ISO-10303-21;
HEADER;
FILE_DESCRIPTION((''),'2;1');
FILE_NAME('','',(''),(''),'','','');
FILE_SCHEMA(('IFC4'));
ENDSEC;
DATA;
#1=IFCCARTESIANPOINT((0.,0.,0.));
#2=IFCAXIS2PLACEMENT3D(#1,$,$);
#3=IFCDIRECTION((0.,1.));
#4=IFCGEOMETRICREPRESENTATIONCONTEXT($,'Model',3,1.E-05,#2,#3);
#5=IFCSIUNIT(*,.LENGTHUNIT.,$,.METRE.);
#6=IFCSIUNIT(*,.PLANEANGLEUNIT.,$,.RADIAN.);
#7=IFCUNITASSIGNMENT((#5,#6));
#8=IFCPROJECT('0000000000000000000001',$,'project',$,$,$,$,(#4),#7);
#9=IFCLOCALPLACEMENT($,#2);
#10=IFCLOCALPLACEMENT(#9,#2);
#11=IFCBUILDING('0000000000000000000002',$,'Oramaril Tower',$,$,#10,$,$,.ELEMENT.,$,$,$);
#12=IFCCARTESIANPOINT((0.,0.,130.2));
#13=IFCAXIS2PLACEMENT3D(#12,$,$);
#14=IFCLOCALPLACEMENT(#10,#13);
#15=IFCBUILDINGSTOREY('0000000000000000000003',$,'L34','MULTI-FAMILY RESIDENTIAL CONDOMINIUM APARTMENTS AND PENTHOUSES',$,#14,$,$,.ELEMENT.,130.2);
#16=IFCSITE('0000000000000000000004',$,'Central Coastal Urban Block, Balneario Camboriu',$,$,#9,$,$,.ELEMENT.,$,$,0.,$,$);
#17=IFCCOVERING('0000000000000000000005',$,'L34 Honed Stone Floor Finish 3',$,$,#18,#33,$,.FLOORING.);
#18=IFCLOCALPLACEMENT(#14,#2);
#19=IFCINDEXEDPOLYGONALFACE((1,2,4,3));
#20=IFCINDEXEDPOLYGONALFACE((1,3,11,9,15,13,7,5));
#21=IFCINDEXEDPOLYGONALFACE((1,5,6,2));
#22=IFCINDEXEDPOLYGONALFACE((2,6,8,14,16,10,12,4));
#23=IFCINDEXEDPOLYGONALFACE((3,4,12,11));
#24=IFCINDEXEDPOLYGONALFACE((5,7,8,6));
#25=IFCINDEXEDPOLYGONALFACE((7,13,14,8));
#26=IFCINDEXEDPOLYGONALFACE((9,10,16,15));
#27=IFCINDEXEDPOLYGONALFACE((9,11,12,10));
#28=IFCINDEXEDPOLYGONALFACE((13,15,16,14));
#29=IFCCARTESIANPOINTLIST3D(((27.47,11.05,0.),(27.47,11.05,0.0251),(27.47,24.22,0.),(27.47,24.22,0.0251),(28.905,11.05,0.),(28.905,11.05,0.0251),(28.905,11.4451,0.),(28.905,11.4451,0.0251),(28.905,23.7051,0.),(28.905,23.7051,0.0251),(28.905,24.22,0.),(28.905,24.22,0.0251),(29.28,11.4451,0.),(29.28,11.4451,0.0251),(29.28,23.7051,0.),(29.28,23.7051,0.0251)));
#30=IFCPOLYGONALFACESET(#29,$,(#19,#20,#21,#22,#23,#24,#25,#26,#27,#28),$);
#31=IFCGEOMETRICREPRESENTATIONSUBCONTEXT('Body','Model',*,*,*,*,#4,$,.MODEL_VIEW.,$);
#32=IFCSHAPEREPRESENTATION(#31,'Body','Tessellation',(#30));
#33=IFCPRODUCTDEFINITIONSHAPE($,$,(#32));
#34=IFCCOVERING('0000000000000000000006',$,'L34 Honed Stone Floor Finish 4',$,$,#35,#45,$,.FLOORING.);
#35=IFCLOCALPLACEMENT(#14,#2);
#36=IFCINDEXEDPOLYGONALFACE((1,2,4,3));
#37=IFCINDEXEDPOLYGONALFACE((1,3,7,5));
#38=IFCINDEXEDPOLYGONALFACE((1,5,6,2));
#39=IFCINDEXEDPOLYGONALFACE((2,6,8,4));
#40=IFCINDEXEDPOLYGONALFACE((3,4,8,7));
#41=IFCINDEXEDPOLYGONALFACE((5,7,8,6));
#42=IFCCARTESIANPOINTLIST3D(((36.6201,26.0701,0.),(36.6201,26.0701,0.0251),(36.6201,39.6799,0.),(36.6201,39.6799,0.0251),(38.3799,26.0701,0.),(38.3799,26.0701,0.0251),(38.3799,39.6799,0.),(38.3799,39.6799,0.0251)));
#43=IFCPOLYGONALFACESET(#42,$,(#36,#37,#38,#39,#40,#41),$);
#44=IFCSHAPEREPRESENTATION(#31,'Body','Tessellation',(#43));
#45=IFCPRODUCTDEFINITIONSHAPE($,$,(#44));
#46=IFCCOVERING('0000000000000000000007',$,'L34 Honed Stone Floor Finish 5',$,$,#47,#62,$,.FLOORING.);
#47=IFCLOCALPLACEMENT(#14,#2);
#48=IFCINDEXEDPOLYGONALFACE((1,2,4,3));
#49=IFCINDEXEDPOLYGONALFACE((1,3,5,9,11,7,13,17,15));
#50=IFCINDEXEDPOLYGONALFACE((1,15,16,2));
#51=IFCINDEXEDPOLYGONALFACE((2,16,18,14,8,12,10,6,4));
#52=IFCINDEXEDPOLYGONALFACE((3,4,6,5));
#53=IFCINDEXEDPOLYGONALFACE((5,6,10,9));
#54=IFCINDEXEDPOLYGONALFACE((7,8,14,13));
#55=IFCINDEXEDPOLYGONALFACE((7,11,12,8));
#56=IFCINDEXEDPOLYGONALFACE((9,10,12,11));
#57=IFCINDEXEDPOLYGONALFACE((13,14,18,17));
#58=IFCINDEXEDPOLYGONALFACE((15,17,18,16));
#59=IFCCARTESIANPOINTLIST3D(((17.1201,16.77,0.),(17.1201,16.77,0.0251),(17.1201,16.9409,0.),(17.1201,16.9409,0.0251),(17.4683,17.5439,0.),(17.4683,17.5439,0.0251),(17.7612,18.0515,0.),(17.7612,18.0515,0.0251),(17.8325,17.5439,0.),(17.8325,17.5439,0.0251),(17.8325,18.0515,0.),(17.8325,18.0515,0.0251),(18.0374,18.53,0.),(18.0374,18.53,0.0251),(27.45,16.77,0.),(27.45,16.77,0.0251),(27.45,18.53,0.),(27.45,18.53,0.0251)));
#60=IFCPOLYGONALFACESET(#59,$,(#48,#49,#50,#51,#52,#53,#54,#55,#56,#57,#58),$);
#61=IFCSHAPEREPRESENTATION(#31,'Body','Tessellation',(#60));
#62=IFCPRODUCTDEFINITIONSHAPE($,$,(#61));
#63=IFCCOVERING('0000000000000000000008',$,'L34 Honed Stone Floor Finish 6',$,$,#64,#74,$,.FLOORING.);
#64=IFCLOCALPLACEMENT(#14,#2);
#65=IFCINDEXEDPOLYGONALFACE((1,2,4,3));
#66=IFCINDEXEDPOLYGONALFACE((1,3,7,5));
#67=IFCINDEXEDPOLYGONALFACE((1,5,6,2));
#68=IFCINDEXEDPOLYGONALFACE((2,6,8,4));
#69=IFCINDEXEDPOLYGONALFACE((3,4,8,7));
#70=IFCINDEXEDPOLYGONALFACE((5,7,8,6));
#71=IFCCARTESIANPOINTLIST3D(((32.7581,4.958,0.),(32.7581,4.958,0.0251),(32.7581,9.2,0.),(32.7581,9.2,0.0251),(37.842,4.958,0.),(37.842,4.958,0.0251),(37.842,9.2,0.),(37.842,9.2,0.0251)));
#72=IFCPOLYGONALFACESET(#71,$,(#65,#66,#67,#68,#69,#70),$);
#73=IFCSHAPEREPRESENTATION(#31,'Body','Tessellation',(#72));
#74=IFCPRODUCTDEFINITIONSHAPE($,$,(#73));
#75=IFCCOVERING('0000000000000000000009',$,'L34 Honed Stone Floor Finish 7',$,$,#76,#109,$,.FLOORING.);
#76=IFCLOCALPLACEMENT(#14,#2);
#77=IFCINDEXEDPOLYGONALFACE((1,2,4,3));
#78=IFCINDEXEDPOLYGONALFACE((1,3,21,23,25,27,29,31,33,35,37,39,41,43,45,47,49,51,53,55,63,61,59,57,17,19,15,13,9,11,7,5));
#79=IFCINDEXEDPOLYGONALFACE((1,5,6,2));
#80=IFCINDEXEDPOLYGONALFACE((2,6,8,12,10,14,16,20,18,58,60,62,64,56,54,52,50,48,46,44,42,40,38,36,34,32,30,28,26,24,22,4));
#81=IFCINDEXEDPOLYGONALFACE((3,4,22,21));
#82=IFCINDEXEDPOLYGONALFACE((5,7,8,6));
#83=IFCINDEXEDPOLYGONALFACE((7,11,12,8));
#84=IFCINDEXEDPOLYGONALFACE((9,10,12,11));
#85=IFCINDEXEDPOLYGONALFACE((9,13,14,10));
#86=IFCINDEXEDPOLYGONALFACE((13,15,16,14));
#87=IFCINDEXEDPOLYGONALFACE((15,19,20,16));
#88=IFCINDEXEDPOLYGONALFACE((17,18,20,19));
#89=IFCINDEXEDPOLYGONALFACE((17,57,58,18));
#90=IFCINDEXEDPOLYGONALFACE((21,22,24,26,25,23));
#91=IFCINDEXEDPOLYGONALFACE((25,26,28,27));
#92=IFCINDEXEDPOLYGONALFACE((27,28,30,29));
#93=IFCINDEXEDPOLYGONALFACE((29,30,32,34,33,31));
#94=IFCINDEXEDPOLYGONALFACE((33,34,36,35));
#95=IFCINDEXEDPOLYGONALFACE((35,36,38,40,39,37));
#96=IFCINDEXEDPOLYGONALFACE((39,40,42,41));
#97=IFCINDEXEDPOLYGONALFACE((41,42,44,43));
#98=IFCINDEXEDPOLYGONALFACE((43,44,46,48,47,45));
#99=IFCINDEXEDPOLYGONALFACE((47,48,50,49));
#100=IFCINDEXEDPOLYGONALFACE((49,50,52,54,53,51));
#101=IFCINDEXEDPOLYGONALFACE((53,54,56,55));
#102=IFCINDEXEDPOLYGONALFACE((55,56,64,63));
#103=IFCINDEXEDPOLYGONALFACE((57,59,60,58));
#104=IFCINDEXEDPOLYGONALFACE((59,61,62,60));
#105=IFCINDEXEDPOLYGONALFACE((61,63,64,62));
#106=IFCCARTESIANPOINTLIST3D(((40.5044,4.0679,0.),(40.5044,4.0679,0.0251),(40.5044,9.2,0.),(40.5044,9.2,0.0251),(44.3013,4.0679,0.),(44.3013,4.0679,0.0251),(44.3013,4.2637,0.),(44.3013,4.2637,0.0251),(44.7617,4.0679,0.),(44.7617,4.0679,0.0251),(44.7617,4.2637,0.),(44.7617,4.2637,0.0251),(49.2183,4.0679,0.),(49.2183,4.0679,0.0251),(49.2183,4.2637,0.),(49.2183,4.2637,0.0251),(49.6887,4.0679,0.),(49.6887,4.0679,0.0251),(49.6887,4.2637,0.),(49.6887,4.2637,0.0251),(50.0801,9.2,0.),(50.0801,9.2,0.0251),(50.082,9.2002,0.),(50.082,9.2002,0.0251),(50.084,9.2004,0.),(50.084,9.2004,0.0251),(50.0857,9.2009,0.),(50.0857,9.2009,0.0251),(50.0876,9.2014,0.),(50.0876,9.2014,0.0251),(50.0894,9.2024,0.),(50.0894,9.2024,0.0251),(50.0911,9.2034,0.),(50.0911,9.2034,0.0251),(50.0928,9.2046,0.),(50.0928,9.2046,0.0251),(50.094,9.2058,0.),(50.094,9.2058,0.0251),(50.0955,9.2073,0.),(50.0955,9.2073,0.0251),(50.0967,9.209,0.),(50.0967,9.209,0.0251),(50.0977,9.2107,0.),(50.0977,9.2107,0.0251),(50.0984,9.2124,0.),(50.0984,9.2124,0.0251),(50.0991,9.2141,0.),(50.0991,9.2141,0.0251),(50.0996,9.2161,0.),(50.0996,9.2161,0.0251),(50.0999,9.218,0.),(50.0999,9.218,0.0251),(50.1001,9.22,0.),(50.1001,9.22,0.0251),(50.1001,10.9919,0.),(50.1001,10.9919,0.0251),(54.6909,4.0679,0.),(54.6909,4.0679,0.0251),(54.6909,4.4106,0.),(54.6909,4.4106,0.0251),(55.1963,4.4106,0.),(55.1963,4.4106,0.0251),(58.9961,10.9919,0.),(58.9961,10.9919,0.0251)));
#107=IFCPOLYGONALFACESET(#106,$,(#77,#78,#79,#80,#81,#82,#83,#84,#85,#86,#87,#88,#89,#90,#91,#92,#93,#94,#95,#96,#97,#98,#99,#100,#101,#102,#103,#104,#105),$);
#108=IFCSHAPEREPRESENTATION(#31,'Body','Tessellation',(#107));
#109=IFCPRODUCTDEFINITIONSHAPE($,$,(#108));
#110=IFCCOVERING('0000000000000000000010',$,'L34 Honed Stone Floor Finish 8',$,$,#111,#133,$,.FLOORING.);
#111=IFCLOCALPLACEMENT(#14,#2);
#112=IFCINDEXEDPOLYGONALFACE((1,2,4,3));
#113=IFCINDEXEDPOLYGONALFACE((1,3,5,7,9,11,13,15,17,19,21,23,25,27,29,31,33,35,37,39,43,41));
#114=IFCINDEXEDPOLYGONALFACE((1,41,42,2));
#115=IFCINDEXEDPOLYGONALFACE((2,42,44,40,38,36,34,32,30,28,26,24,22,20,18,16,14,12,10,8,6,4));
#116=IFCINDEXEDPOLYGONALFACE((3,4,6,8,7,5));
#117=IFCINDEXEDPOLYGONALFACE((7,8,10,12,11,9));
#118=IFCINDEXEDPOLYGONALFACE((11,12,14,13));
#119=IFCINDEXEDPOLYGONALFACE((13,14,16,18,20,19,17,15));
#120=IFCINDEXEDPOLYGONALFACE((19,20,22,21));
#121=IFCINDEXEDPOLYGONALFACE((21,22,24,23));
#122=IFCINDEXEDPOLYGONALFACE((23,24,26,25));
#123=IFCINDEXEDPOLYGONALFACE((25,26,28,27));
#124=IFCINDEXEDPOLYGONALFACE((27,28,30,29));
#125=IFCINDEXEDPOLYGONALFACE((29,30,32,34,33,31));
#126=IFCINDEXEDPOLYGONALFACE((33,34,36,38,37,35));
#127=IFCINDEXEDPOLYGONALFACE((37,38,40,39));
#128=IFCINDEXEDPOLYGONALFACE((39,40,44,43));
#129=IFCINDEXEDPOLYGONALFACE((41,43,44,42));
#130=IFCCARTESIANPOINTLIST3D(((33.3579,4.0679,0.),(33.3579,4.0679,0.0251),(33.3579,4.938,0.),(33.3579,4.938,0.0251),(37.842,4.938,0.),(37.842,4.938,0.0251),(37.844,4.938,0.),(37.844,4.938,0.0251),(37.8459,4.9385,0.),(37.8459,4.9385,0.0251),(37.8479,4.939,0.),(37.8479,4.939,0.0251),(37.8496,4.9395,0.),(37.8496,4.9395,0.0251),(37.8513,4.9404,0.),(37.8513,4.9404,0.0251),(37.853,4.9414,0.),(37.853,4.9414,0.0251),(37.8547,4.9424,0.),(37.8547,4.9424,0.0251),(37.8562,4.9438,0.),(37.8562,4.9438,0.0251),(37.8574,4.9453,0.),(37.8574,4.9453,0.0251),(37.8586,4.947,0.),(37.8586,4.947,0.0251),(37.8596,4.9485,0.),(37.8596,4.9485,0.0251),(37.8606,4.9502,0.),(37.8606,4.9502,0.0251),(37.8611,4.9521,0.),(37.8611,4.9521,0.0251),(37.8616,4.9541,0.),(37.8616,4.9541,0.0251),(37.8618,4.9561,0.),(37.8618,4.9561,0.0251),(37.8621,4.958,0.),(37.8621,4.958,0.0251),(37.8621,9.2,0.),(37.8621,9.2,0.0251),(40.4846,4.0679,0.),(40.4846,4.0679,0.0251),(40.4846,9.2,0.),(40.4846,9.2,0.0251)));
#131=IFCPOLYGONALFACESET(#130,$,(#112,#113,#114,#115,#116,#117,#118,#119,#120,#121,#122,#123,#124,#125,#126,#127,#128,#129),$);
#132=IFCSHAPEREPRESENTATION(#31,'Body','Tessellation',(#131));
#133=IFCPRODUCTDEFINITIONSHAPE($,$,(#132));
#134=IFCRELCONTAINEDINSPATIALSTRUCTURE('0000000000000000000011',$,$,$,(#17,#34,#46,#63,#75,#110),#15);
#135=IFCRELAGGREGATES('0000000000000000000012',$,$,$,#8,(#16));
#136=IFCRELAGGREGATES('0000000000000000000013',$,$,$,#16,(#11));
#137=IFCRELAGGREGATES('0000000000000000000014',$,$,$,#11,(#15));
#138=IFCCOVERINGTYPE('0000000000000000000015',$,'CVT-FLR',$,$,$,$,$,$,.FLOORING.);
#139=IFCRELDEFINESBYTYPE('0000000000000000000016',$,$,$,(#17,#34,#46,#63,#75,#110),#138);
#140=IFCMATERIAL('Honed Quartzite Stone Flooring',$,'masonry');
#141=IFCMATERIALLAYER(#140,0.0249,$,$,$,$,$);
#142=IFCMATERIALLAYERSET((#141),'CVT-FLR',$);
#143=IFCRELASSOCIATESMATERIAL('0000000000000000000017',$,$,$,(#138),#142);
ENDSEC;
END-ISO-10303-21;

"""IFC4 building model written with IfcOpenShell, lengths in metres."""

from ifc_helpers import new_model, si_unit, direction, frame, origin, place, context, subcontext, project, spatial, polyline, outline, extrude, material, layer, layer_set, type_object, element, save


model = new_model("IFC4")

# Units and contexts
model_context = context("Model", 3, precision=1e-05, world=origin(), true_north=direction((0.0, 1.0)))
body_context = subcontext(model_context, "Body", "Model", "MODEL_VIEW")
ifc_project = project(units=[si_unit("LENGTHUNIT", "METRE"), si_unit("PLANEANGLEUNIT", "RADIAN")], contexts=[model_context])

# Site, building, storey
site_placement = place(None, origin())
site = spatial("IfcSite", under=ifc_project, at=site_placement, Name="Central Coastal Urban Block, Balneario Camboriu", CompositionType="ELEMENT", RefElevation=0.0)
building_placement = place(site_placement, origin())
building = spatial("IfcBuilding", under=site, at=building_placement, Name="Oramaril Tower", CompositionType="ELEMENT")
storey_placement = place(building_placement, frame((0.0, 0.0, 130.2)))
storey = spatial("IfcBuildingStorey", under=building, at=storey_placement, Name="L34", Description="MULTI-FAMILY RESIDENTIAL CONDOMINIUM APARTMENTS AND PENTHOUSES", CompositionType="ELEMENT", Elevation=130.2)

# Coverings
ifc_material_1 = material(Name="Honed Quartzite Stone Flooring", Category="masonry")
ifc_layer_1 = layer(ifc_material_1, 0.0249)
ifc_layer_set_1 = layer_set([ifc_layer_1], Name="CVT-FLR")
covering_type_1 = type_object("IfcCoveringType", Name="CVT-FLR", PredefinedType="FLOORING", material=ifc_layer_set_1)
covering_1_placement = place(storey_placement, origin())
element("IfcCovering", 1, at=covering_1_placement, inside=storey, type_object=covering_type_1, Name="L34 Honed Stone Floor Finish 3", PredefinedType="FLOORING", context=body_context, shape_type="SweptSolid", body=[
    extrude(outline(polyline([(28.905, 23.7051), (29.28, 23.7051), (29.28, 11.4451), (28.905, 11.4451), (28.905, 11.05), (27.47, 11.05), (27.47, 24.22), (28.905, 24.22), (28.905, 23.7051)])), origin(), (0.0, 0.0, 1.0), 0.0251),
])
covering_2_placement = place(storey_placement, origin())
element("IfcCovering", 2, at=covering_2_placement, inside=storey, type_object=covering_type_1, Name="L34 Honed Stone Floor Finish 4", PredefinedType="FLOORING", context=body_context, shape_type="SweptSolid", body=[
    extrude(outline(polyline([(38.3799, 26.0701), (36.6201, 26.0701), (36.6201, 39.6799), (38.3799, 39.6799), (38.3799, 26.0701)])), origin(), (0.0, 0.0, 1.0), 0.0251),
])
covering_3_placement = place(storey_placement, origin())
element("IfcCovering", 3, at=covering_3_placement, inside=storey, type_object=covering_type_1, Name="L34 Honed Stone Floor Finish 5", PredefinedType="FLOORING", context=body_context, shape_type="SweptSolid", body=[
    extrude(outline(polyline([(17.1201, 16.77), (17.1201, 16.9409), (17.4683, 17.5439), (17.8325, 17.5439), (17.8325, 18.0515), (17.7612, 18.0515), (18.0374, 18.53), (27.45, 18.53), (27.45, 16.77), (17.1201, 16.77)])), origin(), (0.0, 0.0, 1.0), 0.0251),
])
covering_4_placement = place(storey_placement, origin())
element("IfcCovering", 4, at=covering_4_placement, inside=storey, type_object=covering_type_1, Name="L34 Honed Stone Floor Finish 6", PredefinedType="FLOORING", context=body_context, shape_type="SweptSolid", body=[
    extrude(outline(polyline([(32.7581, 4.958), (32.7581, 9.2), (37.842, 9.2), (37.842, 4.958), (32.7581, 4.958)])), origin(), (0.0, 0.0, 1.0), 0.0251),
])
covering_5_placement = place(storey_placement, origin())
element("IfcCovering", 5, at=covering_5_placement, inside=storey, type_object=covering_type_1, Name="L34 Honed Stone Floor Finish 7", PredefinedType="FLOORING", context=body_context, shape_type="SweptSolid", body=[
    extrude(outline(polyline([(55.1963, 4.4106), (54.6909, 4.4106), (54.6909, 4.0679), (49.6887, 4.0679), (49.6887, 4.2637), (49.2183, 4.2637), (49.2183, 4.0679), (44.7617, 4.0679), (44.7617, 4.2637), (44.3013, 4.2637), (44.3013, 4.0679), (40.5044, 4.0679), (40.5044, 9.2), (50.0801, 9.2), (50.082, 9.2002), (50.084, 9.2004), (50.0857, 9.2009), (50.0876, 9.2014), (50.0894, 9.2024), (50.0911, 9.2034), (50.0928, 9.2046), (50.094, 9.2058), (50.0955, 9.2073), (50.0967, 9.209), (50.0977, 9.2107), (50.0984, 9.2124), (50.0991, 9.2141), (50.0996, 9.2161), (50.0999, 9.218), (50.1001, 9.22), (50.1001, 10.9919), (58.9961, 10.9919), (55.1963, 4.4106)])), origin(), (0.0, 0.0, 1.0), 0.0251),
])
covering_6_placement = place(storey_placement, origin())
element("IfcCovering", 6, at=covering_6_placement, inside=storey, type_object=covering_type_1, Name="L34 Honed Stone Floor Finish 8", PredefinedType="FLOORING", context=body_context, shape_type="SweptSolid", body=[
    extrude(outline(polyline([(33.3579, 4.0679), (33.3579, 4.938), (37.842, 4.938), (37.844, 4.938), (37.8459, 4.9385), (37.8479, 4.939), (37.8496, 4.9395), (37.8513, 4.9404), (37.853, 4.9414), (37.8547, 4.9424), (37.8562, 4.9438), (37.8574, 4.9453), (37.8586, 4.947), (37.8596, 4.9485), (37.8606, 4.9502), (37.8611, 4.9521), (37.8616, 4.9541), (37.8618, 4.9561), (37.8621, 4.958), (37.8621, 9.2), (40.4846, 9.2), (40.4846, 4.0679), (33.3579, 4.0679)])), origin(), (0.0, 0.0, 1.0), 0.0251),
])

save(model, "model.ifc")
